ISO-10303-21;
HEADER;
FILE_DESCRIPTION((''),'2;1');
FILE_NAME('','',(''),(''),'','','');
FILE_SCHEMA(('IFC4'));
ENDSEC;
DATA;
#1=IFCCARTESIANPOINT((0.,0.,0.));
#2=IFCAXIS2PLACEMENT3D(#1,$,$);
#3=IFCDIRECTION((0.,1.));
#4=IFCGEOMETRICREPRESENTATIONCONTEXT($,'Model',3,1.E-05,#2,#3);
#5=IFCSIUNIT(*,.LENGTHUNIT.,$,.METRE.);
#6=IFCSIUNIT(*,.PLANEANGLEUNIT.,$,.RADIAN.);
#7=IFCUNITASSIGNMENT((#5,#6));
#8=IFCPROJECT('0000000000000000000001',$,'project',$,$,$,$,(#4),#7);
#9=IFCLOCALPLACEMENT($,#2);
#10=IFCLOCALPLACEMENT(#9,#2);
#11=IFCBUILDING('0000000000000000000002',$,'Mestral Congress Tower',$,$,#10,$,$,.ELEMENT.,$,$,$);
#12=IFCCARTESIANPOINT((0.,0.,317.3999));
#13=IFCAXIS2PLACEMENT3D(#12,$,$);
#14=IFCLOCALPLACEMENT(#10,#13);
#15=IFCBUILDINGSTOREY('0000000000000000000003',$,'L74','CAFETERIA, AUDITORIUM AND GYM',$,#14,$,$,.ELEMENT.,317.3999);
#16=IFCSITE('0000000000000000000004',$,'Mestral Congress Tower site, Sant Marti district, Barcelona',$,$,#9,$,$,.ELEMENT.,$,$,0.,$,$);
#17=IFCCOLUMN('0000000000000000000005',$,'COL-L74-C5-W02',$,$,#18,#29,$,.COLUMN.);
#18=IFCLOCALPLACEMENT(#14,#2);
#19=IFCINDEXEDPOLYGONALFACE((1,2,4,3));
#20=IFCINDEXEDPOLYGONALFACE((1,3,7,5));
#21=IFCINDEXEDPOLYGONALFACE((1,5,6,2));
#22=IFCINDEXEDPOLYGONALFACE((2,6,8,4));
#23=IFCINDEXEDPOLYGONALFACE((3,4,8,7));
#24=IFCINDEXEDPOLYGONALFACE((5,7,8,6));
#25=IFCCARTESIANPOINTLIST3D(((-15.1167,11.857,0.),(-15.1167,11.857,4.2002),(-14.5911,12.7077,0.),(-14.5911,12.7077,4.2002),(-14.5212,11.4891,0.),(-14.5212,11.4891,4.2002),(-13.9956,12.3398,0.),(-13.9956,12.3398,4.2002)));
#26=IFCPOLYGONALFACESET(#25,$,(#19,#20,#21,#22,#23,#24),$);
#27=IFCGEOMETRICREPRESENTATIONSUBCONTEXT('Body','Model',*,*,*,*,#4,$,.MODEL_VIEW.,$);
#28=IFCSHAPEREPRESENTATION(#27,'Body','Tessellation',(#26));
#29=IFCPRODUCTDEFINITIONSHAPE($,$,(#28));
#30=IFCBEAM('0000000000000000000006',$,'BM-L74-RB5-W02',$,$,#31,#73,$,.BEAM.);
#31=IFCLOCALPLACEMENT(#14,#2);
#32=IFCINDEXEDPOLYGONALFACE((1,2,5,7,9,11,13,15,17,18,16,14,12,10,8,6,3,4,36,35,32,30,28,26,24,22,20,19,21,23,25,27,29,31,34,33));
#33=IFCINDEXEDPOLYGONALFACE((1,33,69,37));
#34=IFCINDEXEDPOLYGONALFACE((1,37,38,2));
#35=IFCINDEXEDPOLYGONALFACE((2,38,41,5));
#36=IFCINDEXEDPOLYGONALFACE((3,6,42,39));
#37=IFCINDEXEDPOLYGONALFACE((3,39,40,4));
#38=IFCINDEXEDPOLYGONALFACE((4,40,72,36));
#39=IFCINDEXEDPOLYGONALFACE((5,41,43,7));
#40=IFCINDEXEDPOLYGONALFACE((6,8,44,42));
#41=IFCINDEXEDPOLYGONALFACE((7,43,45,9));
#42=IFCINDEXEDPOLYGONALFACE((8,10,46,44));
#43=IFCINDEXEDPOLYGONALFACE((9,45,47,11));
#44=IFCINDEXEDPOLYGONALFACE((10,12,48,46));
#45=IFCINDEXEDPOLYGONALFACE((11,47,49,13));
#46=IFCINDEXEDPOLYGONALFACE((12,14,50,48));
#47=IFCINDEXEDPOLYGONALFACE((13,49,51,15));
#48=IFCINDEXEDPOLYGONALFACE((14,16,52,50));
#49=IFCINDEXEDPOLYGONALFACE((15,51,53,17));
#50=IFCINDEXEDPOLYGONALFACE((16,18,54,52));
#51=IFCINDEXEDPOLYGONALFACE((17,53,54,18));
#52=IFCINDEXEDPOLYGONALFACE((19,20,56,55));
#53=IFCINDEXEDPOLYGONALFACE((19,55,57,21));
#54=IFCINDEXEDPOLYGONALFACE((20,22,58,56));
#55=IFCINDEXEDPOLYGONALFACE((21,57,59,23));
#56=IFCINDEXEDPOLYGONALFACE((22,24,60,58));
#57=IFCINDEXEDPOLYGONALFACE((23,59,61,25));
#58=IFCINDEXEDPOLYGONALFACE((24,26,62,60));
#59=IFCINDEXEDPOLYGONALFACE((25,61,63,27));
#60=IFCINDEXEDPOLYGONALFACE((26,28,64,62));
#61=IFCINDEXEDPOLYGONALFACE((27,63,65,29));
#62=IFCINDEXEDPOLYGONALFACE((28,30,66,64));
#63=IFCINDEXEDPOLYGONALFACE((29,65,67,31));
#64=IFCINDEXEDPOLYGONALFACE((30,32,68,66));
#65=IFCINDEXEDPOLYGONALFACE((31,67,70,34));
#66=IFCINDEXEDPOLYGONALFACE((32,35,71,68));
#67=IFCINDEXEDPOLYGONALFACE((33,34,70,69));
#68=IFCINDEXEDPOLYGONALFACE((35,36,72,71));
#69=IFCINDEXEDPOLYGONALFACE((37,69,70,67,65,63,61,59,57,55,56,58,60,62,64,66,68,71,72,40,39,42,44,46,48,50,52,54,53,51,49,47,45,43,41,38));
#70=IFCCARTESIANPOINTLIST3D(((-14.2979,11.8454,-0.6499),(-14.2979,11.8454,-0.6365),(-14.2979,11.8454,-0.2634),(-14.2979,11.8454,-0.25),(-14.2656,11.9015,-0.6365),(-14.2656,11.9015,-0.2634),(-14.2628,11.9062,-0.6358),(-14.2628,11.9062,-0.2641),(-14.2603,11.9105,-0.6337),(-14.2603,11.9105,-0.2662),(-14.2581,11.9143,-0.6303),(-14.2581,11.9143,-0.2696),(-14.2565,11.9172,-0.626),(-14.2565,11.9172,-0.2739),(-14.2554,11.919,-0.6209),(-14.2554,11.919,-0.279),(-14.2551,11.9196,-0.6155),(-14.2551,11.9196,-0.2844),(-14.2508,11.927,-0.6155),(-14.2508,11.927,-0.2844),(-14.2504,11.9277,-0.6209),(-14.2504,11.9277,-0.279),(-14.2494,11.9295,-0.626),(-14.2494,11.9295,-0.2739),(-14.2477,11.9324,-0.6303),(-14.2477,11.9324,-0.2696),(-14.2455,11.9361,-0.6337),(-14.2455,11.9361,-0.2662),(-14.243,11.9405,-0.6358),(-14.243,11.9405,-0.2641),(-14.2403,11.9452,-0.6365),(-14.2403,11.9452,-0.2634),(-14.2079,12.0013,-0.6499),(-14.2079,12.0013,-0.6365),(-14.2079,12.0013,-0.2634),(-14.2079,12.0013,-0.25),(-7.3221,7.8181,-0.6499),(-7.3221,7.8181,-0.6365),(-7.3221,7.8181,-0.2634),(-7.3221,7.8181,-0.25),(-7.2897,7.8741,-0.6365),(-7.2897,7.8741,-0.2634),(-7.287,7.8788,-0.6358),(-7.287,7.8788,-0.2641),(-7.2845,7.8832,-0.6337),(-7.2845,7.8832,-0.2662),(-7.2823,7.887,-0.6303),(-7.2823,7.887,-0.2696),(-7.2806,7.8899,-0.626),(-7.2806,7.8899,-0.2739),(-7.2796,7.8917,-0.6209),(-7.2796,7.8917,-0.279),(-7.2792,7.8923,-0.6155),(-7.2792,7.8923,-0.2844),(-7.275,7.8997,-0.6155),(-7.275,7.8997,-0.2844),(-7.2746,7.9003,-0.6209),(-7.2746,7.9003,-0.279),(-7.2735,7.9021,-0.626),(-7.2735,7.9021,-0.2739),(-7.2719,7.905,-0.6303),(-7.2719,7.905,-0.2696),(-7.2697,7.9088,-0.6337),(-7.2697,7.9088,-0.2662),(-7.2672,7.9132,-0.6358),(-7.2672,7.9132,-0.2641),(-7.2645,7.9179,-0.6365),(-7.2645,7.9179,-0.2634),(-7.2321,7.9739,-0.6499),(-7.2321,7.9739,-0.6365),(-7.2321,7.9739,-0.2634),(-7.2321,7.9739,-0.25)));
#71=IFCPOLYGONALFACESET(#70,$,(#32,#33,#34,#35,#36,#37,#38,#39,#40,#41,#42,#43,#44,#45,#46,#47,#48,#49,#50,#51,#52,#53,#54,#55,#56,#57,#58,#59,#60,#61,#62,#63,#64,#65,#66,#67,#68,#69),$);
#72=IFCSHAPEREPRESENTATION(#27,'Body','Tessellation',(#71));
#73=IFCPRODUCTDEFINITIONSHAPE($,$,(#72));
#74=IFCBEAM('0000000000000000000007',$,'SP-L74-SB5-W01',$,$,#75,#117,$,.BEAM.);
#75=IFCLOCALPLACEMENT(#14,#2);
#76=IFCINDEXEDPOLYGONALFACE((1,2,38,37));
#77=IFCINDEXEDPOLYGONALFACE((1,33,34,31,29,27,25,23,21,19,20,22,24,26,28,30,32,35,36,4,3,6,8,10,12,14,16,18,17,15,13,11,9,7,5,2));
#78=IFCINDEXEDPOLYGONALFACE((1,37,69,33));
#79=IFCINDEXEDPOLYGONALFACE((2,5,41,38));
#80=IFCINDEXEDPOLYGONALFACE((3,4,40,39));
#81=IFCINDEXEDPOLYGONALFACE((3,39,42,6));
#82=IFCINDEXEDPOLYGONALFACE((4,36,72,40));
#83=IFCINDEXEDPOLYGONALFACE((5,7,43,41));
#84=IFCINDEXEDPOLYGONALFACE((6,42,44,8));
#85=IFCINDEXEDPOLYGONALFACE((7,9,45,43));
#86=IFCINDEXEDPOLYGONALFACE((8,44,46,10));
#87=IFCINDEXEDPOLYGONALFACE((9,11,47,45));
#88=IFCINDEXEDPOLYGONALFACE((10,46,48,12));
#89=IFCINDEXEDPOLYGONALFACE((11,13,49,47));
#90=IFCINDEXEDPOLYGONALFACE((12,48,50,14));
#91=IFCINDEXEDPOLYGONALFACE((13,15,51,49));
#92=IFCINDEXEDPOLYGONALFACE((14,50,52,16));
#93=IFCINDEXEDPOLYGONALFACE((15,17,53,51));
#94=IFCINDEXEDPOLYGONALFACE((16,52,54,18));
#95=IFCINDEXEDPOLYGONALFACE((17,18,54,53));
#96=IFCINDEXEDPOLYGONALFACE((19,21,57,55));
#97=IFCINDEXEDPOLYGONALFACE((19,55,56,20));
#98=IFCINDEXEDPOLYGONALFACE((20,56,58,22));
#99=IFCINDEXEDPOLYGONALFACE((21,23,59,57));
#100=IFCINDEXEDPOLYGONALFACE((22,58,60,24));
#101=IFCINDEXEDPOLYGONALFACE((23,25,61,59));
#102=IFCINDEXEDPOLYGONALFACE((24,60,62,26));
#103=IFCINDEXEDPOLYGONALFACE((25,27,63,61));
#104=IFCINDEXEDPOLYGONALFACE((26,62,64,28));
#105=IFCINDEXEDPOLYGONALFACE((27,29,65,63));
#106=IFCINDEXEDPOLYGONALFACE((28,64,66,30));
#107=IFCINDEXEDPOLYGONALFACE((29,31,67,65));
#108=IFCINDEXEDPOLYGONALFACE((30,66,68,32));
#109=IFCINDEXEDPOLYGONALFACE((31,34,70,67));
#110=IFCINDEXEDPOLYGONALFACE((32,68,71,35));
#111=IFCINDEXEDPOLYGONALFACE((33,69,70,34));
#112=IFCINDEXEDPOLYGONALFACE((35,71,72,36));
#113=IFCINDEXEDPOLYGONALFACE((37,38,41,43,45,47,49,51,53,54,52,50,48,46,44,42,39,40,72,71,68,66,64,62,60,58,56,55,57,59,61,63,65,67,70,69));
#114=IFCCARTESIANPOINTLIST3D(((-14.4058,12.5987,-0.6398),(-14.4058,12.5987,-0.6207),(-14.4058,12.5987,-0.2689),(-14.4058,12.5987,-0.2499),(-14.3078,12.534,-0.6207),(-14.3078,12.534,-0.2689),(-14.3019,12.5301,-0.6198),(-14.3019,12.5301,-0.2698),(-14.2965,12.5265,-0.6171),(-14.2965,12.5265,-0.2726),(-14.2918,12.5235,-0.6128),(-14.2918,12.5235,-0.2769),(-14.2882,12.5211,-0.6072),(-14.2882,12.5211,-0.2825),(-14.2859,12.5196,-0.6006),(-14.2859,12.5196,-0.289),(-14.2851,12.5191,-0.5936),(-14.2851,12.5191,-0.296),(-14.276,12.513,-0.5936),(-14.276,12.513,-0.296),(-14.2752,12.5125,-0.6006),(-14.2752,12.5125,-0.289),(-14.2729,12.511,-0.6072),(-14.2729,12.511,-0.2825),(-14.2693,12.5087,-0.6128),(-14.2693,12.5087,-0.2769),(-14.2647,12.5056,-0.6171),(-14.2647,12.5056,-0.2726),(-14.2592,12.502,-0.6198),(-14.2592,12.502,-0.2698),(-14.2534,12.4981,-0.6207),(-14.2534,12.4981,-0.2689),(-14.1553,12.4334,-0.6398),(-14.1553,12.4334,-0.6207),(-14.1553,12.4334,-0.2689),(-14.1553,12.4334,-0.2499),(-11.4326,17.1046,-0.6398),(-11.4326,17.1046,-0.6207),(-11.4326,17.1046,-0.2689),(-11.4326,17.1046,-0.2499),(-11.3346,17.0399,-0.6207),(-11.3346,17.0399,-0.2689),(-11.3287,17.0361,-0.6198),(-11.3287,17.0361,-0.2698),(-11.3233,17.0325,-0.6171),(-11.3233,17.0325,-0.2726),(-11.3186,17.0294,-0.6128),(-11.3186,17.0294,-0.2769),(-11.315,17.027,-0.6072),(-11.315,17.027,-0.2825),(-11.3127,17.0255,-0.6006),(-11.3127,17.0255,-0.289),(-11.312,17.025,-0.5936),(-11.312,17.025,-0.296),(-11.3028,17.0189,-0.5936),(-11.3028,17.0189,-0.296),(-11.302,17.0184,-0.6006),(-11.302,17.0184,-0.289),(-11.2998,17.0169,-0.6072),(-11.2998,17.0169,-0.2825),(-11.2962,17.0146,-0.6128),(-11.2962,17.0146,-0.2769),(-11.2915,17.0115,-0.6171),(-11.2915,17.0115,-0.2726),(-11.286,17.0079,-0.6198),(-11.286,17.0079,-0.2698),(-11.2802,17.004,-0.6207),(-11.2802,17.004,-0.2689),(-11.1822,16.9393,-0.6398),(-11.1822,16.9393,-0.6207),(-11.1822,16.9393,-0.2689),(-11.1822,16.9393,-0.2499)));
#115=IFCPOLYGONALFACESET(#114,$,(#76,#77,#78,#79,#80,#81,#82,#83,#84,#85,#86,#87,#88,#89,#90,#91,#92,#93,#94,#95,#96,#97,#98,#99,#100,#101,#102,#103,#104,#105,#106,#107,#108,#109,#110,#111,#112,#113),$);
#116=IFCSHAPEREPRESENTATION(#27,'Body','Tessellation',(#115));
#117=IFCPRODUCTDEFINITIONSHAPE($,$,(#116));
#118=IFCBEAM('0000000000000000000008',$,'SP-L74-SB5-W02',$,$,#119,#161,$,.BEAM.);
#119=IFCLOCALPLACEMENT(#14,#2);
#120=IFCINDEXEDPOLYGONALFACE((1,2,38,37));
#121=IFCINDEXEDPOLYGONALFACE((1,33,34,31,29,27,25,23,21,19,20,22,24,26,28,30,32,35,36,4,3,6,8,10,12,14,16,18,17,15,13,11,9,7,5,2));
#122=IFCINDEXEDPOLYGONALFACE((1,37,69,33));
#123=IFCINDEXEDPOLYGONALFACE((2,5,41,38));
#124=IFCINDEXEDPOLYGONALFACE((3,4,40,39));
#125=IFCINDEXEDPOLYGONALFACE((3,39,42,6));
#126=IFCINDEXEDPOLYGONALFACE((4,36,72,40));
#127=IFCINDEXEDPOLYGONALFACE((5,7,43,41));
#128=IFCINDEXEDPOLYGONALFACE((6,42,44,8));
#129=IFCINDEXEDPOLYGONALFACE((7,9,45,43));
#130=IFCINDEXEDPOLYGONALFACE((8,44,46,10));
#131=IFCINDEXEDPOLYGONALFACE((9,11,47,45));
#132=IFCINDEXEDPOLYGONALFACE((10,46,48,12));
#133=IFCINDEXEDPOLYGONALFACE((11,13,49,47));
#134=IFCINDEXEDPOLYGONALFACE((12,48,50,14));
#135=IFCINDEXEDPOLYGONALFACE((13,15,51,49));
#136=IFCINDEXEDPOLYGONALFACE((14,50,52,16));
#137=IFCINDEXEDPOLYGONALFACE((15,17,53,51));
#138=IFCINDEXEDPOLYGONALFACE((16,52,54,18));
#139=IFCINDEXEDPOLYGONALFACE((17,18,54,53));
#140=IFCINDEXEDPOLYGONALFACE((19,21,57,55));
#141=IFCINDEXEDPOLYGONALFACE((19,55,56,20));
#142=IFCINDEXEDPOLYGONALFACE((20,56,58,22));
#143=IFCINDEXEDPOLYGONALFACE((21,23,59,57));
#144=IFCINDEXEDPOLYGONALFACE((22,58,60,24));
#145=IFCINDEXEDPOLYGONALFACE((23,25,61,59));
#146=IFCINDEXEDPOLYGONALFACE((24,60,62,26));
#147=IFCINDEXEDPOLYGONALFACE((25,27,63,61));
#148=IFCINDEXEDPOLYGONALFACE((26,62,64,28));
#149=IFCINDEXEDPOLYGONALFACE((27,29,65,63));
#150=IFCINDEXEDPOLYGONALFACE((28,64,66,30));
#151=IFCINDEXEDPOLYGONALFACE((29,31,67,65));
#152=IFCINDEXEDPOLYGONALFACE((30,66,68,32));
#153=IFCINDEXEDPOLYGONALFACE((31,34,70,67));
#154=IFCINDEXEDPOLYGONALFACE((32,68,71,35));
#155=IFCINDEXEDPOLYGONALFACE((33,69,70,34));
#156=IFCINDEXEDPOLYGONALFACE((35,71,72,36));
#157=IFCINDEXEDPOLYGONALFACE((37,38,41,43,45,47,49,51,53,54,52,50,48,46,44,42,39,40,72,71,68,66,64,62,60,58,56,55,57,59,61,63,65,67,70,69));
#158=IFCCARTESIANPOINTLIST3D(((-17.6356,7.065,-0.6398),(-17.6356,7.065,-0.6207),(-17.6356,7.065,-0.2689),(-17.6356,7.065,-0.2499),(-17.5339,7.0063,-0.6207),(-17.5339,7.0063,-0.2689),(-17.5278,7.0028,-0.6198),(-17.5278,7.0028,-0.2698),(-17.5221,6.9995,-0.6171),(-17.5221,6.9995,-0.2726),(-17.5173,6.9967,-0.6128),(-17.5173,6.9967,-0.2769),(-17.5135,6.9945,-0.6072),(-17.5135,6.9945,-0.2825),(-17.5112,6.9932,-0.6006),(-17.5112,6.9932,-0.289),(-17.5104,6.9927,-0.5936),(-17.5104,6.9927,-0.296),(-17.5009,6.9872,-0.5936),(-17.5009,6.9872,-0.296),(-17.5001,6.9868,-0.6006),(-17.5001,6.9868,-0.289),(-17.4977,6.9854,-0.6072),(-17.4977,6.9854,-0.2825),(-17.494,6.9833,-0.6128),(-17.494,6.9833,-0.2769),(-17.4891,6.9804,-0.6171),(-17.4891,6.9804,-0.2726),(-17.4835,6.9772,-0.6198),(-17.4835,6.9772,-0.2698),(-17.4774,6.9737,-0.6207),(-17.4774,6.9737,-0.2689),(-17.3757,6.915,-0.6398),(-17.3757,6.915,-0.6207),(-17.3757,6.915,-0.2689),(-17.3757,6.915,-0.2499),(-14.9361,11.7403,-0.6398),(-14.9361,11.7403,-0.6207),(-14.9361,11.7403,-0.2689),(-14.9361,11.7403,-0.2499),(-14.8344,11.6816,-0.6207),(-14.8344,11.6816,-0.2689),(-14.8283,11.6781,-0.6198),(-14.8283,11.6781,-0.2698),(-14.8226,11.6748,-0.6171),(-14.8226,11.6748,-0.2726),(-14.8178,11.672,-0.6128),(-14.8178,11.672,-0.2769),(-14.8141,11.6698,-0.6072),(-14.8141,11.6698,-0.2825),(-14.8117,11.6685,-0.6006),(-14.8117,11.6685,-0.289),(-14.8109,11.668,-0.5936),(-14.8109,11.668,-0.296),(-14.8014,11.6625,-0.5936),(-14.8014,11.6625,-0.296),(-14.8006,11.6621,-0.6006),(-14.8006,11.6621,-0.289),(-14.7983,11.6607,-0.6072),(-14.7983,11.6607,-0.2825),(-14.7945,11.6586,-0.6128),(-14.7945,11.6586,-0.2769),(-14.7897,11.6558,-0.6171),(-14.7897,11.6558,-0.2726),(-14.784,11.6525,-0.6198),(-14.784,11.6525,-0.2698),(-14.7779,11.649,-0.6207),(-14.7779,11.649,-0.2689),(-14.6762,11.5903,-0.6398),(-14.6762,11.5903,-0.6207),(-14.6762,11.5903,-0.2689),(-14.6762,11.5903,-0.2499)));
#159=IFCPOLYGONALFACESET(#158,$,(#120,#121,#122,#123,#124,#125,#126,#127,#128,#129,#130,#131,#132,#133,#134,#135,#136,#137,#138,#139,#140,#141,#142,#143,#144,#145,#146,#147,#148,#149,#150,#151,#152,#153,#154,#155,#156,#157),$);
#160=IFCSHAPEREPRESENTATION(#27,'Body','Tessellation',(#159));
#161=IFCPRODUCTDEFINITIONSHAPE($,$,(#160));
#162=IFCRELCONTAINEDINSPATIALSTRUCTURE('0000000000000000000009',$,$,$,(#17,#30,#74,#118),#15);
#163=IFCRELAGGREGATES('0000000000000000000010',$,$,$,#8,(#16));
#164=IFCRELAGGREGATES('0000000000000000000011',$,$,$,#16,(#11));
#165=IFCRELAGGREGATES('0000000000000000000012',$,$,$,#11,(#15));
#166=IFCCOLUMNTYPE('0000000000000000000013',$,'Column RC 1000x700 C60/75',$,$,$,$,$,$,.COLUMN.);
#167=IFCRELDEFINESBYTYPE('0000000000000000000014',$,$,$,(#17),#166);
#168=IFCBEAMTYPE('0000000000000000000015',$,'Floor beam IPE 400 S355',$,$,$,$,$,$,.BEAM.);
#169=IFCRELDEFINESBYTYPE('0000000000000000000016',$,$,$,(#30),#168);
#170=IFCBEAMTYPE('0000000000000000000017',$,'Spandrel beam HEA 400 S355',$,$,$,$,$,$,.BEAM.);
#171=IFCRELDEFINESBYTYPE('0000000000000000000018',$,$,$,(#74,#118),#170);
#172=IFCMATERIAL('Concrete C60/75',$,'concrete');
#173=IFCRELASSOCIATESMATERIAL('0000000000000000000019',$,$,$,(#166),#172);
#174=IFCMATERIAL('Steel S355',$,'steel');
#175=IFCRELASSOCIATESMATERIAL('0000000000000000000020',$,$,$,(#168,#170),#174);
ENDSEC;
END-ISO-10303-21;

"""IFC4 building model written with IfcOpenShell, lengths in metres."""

from ifc_helpers import new_model, si_unit, direction, frame, origin, origin_2d, place, context, subcontext, project, spatial, rectangle, i_section, extrude, material, material_profile, profile_set, type_object, element, save


model = new_model("IFC4")

# Units and contexts
model_context = context("Model", 3, precision=1e-05, world=origin(), true_north=direction((0.0, 1.0)))
body_context = subcontext(model_context, "Body", "Model", "MODEL_VIEW")
ifc_project = project(units=[si_unit("LENGTHUNIT", "METRE"), si_unit("PLANEANGLEUNIT", "RADIAN")], contexts=[model_context])

# Site, building, storey
site_placement = place(None, origin())
site = spatial("IfcSite", under=ifc_project, at=site_placement, Name="Mestral Congress Tower site, Sant Marti district, Barcelona", CompositionType="ELEMENT", RefElevation=0.0)
building_placement = place(site_placement, origin())
building = spatial("IfcBuilding", under=site, at=building_placement, Name="Mestral Congress Tower", CompositionType="ELEMENT")
storey_placement = place(building_placement, frame((0.0, 0.0, 317.3999)))
storey = spatial("IfcBuildingStorey", under=building, at=storey_placement, Name="L74", Description="CAFETERIA, AUDITORIUM AND GYM", CompositionType="ELEMENT", Elevation=317.3999)

# Column
ifc_material_1 = material(Name="Concrete C60/75", Category="concrete")
ifc_material_profile_1 = material_profile(ifc_material_1, rectangle(XDim=1.0, YDim=0.7, at=origin_2d()), Name="RC 1000x700")
ifc_profile_set_1 = profile_set([ifc_material_profile_1], Name="Concrete C60/75")
column_type = type_object("IfcColumnType", Name="Column RC 1000x700 C60/75", PredefinedType="COLUMN", material=ifc_profile_set_1)
column_placement = place(storey_placement, frame((-14.5562, 12.0984, 0.0), z_axis=(0.0, 0.0, 1.0), x_axis=(-0.52561, -0.850726, 0.0)))
element("IfcColumn", 1, at=column_placement, inside=storey, type_object=column_type, Name="COL-L74-C5-W02", PredefinedType="COLUMN", context=body_context, shape_type="SweptSolid", body=[
    extrude(rectangle(XDim=1.0, YDim=0.7, at=origin_2d()), origin(), (0.0, 0.0, 1.0), 4.2002),
])

# Beams
ifc_material_2 = material(Name="Steel S355", Category="steel")
ifc_material_profile_2 = material_profile(ifc_material_2, i_section(OverallWidth=0.1799, OverallDepth=0.3999, WebThickness=0.0085, FlangeThickness=0.0134, FilletRadius=0.021, at=origin_2d()), Name="IPE 400")
ifc_profile_set_2 = profile_set([ifc_material_profile_2], Name="Steel S355")
beam_type_1 = type_object("IfcBeamType", Name="Floor beam IPE 400 S355", PredefinedType="BEAM", material=ifc_profile_set_2)
beam_1_placement = place(storey_placement, frame((-14.2529, 11.9233, -0.45), z_axis=(0.866034, -0.499986, 0.0), x_axis=(0.499986, 0.866034, 0.0)))
element("IfcBeam", 2, at=beam_1_placement, inside=storey, type_object=beam_type_1, Name="BM-L74-RB5-W02", PredefinedType="BEAM", context=body_context, shape_type="SweptSolid", body=[
    extrude(i_section(OverallWidth=0.1799, OverallDepth=0.3999, WebThickness=0.0085, FlangeThickness=0.0134, FilletRadius=0.021, at=origin_2d()), origin(), (0.0, 0.0, 1.0), 8.0549),
])
ifc_material_profile_3 = material_profile(ifc_material_2, i_section(OverallWidth=0.3, OverallDepth=0.3899, WebThickness=0.011, FlangeThickness=0.019, FilletRadius=0.0271, at=origin_2d()), Name="HEA 400")
ifc_profile_set_3 = profile_set([ifc_material_profile_3], Name="Steel S355")
beam_type_2 = type_object("IfcBeamType", Name="Spandrel beam HEA 400 S355", PredefinedType="BEAM", material=ifc_profile_set_3)
beam_2_placement = place(storey_placement, frame((-11.3074, 17.022, -0.4448), z_axis=(-0.550749, -0.834671, 0.0), x_axis=(0.834671, -0.550749, 0.0)))
element("IfcBeam", 3, at=beam_2_placement, inside=storey, type_object=beam_type_2, Name="SP-L74-SB5-W01", PredefinedType="BEAM", context=body_context, shape_type="SweptSolid", body=[
    extrude(i_section(OverallWidth=0.3, OverallDepth=0.3899, WebThickness=0.011, FlangeThickness=0.019, FilletRadius=0.0271, at=origin_2d()), origin(), (0.0, 0.0, 1.0), 5.3984),
])
beam_3_placement = place(storey_placement, frame((-14.8062, 11.6653, -0.4448), z_axis=(-0.500025, -0.866011, 0.0), x_axis=(0.866011, -0.500025, 0.0)))
element("IfcBeam", 4, at=beam_3_placement, inside=storey, type_object=beam_type_2, Name="SP-L74-SB5-W02", PredefinedType="BEAM", context=body_context, shape_type="SweptSolid", body=[
    extrude(i_section(OverallWidth=0.3, OverallDepth=0.3899, WebThickness=0.011, FlangeThickness=0.019, FilletRadius=0.0271, at=origin_2d()), origin(), (0.0, 0.0, 1.0), 5.3987),
])

save(model, "model.ifc")
